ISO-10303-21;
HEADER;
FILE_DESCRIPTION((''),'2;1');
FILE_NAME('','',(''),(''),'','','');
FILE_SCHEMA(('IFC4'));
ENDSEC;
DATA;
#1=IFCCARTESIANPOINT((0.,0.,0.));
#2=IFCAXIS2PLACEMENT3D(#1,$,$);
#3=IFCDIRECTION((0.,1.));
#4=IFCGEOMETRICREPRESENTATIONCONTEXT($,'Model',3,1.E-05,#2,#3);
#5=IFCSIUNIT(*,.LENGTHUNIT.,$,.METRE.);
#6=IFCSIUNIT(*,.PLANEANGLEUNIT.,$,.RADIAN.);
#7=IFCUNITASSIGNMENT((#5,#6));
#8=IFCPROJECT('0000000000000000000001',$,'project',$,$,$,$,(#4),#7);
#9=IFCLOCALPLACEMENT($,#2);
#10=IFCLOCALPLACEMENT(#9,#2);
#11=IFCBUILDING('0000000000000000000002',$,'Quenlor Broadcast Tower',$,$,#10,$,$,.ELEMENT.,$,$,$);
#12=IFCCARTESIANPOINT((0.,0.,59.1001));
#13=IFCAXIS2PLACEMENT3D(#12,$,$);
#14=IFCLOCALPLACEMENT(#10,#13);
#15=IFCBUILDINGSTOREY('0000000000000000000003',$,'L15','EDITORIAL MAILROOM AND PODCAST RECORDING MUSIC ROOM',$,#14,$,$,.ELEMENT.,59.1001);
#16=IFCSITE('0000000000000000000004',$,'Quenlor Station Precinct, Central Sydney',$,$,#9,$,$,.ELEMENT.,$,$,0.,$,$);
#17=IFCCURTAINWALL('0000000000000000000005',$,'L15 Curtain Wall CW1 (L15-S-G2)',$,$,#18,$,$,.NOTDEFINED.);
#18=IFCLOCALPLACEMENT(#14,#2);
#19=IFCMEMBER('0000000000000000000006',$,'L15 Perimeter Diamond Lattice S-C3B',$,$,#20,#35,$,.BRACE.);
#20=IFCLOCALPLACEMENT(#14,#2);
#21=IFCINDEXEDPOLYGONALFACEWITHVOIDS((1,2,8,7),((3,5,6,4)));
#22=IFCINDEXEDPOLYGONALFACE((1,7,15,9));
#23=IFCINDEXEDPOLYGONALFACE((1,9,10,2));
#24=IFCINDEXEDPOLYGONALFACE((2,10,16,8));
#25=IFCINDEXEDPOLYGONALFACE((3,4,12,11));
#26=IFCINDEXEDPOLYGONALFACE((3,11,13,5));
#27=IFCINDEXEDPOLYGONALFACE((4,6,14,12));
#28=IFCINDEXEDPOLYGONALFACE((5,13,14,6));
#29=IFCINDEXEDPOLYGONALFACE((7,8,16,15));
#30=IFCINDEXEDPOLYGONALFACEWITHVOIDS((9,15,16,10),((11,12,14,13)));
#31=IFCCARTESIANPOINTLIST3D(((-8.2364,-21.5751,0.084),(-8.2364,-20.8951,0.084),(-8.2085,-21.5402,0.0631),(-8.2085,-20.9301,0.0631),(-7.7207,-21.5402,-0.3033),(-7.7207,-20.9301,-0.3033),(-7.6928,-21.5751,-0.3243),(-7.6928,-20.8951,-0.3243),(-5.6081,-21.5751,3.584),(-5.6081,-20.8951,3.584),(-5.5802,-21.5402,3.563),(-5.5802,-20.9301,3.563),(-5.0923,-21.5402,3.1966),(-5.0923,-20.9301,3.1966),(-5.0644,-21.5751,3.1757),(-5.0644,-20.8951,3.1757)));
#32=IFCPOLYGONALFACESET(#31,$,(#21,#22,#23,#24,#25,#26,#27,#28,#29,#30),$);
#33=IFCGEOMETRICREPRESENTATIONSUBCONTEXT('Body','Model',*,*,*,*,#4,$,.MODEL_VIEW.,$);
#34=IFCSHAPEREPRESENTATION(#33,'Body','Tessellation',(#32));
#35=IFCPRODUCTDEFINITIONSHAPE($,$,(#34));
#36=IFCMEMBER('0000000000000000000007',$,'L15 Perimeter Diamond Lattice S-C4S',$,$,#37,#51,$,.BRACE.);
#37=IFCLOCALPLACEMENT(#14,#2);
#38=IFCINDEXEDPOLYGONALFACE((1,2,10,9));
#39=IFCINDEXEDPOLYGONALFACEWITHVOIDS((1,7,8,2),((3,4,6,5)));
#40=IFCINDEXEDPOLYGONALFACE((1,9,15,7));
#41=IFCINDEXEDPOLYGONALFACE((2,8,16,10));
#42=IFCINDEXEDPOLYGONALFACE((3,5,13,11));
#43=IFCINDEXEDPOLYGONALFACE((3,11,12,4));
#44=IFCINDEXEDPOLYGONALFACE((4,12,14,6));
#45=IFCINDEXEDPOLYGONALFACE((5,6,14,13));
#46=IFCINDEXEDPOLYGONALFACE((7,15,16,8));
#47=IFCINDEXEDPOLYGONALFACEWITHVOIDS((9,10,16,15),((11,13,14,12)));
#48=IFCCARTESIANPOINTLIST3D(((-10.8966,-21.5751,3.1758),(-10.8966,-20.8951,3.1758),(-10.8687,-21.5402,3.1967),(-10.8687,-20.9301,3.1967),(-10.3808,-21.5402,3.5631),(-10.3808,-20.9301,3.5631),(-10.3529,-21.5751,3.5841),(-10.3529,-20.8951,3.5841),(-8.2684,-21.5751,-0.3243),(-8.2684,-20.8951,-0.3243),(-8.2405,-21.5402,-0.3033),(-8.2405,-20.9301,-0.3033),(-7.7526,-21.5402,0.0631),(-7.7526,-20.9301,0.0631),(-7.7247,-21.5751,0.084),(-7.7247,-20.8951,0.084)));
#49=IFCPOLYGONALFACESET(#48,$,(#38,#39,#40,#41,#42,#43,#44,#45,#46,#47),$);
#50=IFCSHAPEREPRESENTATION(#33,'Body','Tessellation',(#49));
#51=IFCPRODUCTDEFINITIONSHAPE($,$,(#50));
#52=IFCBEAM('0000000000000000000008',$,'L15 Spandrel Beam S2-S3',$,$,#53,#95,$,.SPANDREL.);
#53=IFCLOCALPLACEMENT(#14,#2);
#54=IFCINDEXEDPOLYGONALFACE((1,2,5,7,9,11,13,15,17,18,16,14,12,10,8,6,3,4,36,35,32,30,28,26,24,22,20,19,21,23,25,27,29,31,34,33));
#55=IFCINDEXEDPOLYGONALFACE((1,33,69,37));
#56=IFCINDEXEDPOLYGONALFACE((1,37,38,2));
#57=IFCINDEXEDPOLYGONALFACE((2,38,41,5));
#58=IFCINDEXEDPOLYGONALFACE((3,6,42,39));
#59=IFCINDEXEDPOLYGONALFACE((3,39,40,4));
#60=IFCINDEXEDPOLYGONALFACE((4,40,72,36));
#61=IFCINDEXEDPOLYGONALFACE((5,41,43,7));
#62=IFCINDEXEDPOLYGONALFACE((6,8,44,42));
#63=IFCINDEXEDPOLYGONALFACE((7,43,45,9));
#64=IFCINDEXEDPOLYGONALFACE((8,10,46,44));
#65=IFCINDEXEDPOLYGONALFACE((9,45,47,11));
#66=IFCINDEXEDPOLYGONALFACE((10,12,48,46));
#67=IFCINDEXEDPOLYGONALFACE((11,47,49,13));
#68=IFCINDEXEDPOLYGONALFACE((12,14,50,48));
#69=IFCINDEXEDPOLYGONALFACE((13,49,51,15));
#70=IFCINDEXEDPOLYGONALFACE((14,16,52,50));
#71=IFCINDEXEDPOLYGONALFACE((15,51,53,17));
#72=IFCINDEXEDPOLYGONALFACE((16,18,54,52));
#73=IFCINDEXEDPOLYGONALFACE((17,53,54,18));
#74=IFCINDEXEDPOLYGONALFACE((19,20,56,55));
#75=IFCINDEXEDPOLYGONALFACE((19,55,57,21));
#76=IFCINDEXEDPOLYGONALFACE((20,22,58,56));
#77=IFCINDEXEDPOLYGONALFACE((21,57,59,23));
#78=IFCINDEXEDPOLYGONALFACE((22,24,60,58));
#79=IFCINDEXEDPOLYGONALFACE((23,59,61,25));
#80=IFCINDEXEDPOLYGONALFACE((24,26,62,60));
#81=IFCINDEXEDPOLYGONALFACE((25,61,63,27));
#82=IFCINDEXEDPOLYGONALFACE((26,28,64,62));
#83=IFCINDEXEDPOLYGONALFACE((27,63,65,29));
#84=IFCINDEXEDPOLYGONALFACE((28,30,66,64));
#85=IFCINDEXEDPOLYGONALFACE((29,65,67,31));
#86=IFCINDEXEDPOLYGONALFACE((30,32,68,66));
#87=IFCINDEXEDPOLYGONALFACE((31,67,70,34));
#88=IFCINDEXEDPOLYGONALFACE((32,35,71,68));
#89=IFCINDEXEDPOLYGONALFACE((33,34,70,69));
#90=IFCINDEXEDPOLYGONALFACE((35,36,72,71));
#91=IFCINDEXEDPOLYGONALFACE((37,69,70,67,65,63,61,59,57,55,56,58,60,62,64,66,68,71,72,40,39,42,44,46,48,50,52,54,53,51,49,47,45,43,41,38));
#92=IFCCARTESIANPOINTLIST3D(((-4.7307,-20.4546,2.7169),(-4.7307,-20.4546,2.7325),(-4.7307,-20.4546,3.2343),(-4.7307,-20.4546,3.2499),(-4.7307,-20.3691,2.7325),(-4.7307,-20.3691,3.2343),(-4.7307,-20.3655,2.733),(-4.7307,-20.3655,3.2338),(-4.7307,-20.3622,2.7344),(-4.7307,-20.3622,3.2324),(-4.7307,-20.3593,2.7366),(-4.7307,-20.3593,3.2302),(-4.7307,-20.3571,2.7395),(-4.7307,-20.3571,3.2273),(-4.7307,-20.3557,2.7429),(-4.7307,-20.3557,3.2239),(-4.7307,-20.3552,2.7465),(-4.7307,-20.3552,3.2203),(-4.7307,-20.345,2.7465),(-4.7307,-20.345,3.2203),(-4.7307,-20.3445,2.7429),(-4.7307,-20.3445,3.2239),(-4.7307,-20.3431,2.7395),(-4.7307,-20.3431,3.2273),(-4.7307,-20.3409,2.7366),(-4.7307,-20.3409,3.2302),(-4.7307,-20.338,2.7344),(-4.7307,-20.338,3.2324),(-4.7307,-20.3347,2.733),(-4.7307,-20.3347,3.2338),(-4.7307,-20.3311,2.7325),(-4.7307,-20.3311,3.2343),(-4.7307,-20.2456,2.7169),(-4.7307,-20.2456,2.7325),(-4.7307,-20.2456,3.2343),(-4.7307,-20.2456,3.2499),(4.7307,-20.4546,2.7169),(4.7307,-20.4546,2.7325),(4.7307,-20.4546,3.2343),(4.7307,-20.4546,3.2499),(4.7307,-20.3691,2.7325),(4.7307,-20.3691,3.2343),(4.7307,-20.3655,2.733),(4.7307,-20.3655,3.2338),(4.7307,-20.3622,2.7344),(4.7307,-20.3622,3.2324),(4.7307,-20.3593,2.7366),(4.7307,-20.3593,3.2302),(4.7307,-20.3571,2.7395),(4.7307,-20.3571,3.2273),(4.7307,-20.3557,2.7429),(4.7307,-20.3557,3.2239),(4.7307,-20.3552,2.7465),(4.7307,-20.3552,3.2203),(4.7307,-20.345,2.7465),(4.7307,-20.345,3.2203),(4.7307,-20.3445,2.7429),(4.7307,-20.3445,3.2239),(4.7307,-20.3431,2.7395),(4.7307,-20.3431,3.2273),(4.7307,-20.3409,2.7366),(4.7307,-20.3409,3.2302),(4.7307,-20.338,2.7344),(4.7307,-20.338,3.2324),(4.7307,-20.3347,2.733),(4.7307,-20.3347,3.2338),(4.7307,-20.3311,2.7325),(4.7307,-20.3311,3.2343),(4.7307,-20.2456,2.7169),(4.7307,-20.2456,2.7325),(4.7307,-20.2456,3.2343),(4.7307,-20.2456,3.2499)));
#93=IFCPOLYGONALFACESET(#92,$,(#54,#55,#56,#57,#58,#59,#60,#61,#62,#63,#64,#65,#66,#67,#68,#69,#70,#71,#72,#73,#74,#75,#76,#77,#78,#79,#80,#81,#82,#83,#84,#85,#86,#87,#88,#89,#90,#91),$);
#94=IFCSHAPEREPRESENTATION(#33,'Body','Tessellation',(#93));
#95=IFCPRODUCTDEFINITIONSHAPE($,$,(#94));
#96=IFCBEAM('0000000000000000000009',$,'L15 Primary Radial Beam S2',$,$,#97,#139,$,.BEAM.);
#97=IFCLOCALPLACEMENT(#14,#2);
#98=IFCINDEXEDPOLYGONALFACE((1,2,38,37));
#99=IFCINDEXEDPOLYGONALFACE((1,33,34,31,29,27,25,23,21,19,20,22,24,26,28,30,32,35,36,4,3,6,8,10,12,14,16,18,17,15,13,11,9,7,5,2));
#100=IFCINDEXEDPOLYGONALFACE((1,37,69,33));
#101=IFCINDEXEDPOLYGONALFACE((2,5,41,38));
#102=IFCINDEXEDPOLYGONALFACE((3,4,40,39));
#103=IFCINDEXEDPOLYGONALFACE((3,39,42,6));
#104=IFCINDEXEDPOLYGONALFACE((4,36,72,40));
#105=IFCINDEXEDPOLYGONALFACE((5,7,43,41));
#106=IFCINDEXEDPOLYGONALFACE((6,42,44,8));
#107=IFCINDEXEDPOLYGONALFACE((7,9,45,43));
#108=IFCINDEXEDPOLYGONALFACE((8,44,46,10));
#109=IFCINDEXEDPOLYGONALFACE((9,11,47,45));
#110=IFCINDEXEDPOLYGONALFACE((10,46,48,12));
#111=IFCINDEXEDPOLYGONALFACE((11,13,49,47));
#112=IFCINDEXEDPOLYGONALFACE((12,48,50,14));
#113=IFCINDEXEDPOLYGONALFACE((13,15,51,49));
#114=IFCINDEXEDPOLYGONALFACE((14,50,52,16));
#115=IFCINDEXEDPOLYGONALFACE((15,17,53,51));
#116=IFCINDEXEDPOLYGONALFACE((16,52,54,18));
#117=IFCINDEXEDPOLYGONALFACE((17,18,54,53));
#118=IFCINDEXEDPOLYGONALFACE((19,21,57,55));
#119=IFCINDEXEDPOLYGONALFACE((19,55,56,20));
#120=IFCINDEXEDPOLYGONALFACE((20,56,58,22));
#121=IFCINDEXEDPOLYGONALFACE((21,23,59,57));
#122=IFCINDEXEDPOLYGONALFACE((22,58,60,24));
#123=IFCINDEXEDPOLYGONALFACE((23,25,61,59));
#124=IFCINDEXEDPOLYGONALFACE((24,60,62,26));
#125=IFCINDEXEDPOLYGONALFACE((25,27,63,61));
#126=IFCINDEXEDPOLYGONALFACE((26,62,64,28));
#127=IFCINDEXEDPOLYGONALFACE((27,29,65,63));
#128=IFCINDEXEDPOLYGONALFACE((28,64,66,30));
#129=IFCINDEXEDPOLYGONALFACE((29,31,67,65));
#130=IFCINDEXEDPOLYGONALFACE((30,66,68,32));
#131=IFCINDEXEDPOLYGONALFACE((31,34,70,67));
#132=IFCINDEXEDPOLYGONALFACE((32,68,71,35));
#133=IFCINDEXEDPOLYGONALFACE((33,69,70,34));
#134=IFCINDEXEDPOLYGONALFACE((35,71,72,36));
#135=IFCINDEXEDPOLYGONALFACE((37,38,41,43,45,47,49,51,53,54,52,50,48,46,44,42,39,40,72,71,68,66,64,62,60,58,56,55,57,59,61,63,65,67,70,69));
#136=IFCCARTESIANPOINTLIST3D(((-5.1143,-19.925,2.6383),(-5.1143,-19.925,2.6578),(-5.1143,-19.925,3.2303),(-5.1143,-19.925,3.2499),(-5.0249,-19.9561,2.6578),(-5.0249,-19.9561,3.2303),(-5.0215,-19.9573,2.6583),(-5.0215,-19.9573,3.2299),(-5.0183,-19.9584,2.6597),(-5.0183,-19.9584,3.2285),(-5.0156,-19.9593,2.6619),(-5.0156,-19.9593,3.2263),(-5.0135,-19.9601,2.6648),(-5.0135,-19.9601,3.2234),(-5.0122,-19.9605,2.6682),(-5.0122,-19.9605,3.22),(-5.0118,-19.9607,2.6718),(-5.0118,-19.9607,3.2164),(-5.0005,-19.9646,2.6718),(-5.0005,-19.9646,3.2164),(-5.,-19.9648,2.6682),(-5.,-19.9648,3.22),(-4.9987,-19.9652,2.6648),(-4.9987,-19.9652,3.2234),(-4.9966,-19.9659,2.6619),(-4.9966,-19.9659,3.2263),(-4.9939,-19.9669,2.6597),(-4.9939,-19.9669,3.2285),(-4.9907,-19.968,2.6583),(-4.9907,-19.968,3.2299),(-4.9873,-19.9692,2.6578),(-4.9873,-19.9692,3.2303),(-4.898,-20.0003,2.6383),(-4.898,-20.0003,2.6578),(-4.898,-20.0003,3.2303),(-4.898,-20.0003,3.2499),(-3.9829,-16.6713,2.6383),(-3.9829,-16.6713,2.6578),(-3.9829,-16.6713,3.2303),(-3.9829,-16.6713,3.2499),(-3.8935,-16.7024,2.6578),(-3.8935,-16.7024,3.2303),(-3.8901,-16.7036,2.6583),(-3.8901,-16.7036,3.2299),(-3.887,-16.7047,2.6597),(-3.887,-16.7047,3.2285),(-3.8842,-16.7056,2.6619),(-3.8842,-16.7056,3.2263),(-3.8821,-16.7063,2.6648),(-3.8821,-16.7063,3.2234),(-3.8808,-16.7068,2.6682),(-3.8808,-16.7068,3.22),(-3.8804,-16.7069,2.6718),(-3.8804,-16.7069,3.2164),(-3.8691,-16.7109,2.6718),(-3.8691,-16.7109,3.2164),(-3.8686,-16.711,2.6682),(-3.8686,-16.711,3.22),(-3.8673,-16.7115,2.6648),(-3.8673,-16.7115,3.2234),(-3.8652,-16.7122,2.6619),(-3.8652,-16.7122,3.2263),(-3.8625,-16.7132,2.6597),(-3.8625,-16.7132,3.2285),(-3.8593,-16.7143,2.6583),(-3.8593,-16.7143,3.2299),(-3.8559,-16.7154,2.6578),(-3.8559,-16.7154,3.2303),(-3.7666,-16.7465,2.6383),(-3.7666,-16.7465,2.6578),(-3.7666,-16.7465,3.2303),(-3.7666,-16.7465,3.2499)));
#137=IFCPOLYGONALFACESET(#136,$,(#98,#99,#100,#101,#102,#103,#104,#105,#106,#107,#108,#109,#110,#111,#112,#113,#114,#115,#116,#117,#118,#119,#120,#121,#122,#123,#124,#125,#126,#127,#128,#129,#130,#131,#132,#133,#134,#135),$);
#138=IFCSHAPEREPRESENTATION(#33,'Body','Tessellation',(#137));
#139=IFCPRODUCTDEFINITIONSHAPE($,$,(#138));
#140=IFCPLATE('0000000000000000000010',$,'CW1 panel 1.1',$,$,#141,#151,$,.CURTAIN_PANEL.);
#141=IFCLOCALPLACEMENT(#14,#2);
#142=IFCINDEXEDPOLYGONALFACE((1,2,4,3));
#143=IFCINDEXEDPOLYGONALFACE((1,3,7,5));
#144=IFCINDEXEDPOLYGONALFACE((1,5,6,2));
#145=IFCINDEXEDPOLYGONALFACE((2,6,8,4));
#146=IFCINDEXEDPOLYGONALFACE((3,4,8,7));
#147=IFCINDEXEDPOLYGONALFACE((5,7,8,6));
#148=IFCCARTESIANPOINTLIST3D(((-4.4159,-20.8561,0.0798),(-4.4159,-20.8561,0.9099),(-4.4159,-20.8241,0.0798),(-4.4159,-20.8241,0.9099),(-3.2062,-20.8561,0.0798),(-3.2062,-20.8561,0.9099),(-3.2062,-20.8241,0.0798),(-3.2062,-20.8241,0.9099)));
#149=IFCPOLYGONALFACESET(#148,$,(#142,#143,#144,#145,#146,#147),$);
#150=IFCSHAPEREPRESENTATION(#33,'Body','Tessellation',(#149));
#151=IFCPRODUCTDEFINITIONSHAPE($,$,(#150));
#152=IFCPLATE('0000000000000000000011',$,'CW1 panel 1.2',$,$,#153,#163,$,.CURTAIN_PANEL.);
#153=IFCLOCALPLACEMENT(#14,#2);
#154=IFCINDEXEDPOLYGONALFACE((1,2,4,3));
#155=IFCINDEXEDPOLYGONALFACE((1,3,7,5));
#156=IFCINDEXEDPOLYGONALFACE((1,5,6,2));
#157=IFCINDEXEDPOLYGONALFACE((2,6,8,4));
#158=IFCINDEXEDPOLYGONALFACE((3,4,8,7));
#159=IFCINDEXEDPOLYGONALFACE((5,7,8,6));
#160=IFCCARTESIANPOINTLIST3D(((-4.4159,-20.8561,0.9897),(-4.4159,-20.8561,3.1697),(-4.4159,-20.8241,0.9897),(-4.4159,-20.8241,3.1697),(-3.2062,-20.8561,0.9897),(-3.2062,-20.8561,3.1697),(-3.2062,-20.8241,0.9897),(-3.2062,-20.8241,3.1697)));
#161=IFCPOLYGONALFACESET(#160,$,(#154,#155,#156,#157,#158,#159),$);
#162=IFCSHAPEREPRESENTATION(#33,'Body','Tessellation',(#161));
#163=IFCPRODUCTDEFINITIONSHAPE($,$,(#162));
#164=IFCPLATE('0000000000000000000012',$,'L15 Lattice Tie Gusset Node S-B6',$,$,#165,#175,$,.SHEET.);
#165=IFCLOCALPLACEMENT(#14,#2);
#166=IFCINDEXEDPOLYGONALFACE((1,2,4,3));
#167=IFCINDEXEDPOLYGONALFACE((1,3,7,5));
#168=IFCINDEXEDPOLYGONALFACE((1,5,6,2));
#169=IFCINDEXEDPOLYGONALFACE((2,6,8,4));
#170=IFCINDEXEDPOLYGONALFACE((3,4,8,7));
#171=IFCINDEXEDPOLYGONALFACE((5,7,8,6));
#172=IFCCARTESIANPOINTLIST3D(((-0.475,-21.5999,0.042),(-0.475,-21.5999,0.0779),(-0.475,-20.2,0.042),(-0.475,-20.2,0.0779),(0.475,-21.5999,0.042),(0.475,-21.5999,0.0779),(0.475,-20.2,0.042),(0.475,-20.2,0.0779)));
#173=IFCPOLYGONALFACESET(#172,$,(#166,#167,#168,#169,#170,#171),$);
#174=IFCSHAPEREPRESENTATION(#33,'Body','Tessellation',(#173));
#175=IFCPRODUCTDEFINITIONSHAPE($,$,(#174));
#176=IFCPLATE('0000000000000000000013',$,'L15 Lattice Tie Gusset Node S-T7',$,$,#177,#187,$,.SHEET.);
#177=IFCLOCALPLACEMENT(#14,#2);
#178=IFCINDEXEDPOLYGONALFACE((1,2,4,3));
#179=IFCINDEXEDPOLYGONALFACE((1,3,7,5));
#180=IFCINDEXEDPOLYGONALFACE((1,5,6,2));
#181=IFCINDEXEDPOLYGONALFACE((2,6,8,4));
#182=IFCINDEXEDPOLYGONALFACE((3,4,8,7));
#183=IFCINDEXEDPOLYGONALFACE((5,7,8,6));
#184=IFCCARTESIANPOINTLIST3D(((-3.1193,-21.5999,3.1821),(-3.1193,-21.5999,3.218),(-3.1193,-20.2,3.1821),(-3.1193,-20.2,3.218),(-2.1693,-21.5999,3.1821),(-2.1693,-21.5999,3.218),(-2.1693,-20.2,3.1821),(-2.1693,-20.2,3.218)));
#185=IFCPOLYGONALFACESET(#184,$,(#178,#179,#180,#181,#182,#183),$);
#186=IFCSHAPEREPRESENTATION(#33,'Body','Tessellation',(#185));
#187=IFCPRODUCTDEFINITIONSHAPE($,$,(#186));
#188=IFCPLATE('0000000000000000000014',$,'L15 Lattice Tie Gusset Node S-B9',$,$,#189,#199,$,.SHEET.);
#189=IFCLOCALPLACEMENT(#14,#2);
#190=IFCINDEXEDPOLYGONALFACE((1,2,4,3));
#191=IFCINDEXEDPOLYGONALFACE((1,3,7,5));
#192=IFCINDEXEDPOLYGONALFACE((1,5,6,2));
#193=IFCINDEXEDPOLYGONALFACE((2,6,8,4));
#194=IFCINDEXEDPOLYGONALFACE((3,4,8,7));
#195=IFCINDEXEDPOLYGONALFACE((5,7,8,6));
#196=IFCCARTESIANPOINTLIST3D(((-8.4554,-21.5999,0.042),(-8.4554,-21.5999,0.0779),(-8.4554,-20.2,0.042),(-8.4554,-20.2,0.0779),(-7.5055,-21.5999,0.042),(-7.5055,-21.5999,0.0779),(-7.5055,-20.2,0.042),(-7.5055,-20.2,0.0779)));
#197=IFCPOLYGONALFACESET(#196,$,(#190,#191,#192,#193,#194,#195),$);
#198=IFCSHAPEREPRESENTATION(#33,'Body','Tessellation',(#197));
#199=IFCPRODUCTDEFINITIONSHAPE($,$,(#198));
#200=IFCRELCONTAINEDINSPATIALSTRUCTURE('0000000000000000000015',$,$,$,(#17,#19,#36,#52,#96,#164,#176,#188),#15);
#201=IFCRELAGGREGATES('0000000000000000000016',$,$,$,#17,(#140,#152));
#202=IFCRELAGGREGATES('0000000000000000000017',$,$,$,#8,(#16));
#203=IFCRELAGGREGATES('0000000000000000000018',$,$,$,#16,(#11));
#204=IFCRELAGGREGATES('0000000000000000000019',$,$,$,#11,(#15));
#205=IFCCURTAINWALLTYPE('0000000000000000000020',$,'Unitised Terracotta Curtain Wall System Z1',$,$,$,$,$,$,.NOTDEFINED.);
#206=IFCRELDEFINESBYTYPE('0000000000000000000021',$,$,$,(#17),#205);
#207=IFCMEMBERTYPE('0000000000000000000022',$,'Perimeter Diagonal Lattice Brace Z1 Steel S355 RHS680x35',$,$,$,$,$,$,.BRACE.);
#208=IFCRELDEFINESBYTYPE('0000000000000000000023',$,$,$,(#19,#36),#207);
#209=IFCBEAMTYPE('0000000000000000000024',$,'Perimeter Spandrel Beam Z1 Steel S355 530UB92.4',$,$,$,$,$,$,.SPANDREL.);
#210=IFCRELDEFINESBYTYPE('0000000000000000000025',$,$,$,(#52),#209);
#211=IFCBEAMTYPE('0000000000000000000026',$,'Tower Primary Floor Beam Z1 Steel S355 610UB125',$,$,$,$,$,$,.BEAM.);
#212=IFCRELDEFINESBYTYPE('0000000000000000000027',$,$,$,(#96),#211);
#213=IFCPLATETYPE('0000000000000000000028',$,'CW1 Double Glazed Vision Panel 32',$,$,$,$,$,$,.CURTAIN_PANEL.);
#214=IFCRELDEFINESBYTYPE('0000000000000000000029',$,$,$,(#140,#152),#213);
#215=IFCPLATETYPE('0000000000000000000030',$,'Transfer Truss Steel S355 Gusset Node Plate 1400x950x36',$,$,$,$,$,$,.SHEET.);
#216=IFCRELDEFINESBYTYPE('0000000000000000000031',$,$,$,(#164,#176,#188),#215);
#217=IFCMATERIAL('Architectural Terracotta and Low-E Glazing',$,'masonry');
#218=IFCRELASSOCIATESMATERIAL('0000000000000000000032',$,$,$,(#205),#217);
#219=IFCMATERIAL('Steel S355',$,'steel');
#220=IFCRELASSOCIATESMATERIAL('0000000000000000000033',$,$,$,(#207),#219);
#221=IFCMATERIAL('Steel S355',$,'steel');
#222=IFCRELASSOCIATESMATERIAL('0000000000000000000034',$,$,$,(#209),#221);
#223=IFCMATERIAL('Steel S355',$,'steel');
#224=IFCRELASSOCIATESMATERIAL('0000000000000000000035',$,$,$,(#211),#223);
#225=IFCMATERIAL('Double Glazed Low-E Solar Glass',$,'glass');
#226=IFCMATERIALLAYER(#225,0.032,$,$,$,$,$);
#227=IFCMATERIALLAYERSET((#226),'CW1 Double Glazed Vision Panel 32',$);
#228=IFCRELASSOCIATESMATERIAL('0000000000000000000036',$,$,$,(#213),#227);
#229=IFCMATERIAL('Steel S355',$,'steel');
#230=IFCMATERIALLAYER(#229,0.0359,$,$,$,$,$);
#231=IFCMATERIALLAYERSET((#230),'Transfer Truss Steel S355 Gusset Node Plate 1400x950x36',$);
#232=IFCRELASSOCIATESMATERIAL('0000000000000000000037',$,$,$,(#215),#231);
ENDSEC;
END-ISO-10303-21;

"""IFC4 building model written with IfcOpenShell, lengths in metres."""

from ifc_helpers import new_model, si_unit, direction, frame, origin, origin_2d, place, context, subcontext, project, spatial, rectangle, hollow_rectangle, i_section, extrude, material, layer, layer_set, material_profile, profile_set, type_object, element, aggregate, save


model = new_model("IFC4")

# Units and contexts
model_context = context("Model", 3, precision=1e-05, world=origin(), true_north=direction((0.0, 1.0)))
body_context = subcontext(model_context, "Body", "Model", "MODEL_VIEW")
ifc_project = project(units=[si_unit("LENGTHUNIT", "METRE"), si_unit("PLANEANGLEUNIT", "RADIAN")], contexts=[model_context])

# Site, building, storey
site_placement = place(None, origin())
site = spatial("IfcSite", under=ifc_project, at=site_placement, Name="Quenlor Station Precinct, Central Sydney", CompositionType="ELEMENT", RefElevation=0.0)
building_placement = place(site_placement, origin())
building = spatial("IfcBuilding", under=site, at=building_placement, Name="Quenlor Broadcast Tower", CompositionType="ELEMENT")
storey_placement = place(building_placement, frame((0.0, 0.0, 59.1001)))
storey = spatial("IfcBuildingStorey", under=building, at=storey_placement, Name="L15", Description="EDITORIAL MAILROOM AND PODCAST RECORDING MUSIC ROOM", CompositionType="ELEMENT", Elevation=59.1001)

# Shared definitions
ifc_material_1 = material(Name="Architectural Terracotta and Low-E Glazing", Category="masonry")
curtain_wall_type = type_object("IfcCurtainWallType", Name="Unitised Terracotta Curtain Wall System Z1", PredefinedType="NOTDEFINED", material=ifc_material_1)

# Curtain wall
curtain_wall_1_placement = place(storey_placement, origin())
curtain_wall_1 = element("IfcCurtainWall", 1, at=curtain_wall_1_placement, inside=storey, type_object=curtain_wall_type, Name="L15 Curtain Wall CW1 (L15-S-G2)", PredefinedType="NOTDEFINED")

# Members
ifc_material_2 = material(Name="Steel S355", Category="steel")
ifc_material_profile_1 = material_profile(ifc_material_2, hollow_rectangle(XDim=0.6799, YDim=0.6799, WallThickness=0.0349, at=origin_2d()))
ifc_profile_set_1 = profile_set([ifc_material_profile_1], Name="Steel S355 RHS680x680x35")
member_type_1 = type_object("IfcMemberType", Name="Perimeter Diagonal Lattice Brace Z1 Steel S355 RHS680x35", PredefinedType="BRACE", material=ifc_profile_set_1)
for number, where, z_axis, x_axis, name in (
    (2, (-7.9646, -21.2351, -0.1201), (0.6005, 0.0, 0.799625), (0.0, 1.0, 0.0), "L15 Perimeter Diamond Lattice S-C3B"),
    (3, (-7.9966, -21.2351, -0.1201), (-0.600464, 0.0, 0.799652), (0.0, -1.0, 0.0), "L15 Perimeter Diamond Lattice S-C4S"),
):
    element("IfcMember", number, at=place(storey_placement, frame(where, z_axis=z_axis, x_axis=x_axis)), inside=storey, type_object=member_type_1, Name=name, PredefinedType="BRACE", context=body_context, shape_type="SweptSolid", body=[
        extrude(hollow_rectangle(XDim=0.6799, YDim=0.6799, WallThickness=0.0349, at=origin_2d()), origin(), (0.0, 0.0, 1.0), 4.377),
    ])

# Beams
ifc_material_3 = material(Name="Steel S355", Category="steel")
ifc_material_profile_2 = material_profile(ifc_material_3, i_section(OverallWidth=0.209, OverallDepth=0.533, WebThickness=0.0103, FlangeThickness=0.0156, FilletRadius=0.0139, at=origin_2d()))
ifc_profile_set_2 = profile_set([ifc_material_profile_2], Name="Steel S355 530UB92.4")
beam_type_1 = type_object("IfcBeamType", Name="Perimeter Spandrel Beam Z1 Steel S355 530UB92.4", PredefinedType="SPANDREL", material=ifc_profile_set_2)
beam_1_placement = place(storey_placement, frame((-4.7307, -20.3501, 2.9834), z_axis=(1.0, 0.0, 0.0), x_axis=(0.0, 1.0, 0.0)))
element("IfcBeam", 4, at=beam_1_placement, inside=storey, type_object=beam_type_1, Name="L15 Spandrel Beam S2-S3", PredefinedType="SPANDREL", context=body_context, shape_type="SweptSolid", body=[
    extrude(i_section(OverallWidth=0.209, OverallDepth=0.533, WebThickness=0.0103, FlangeThickness=0.0156, FilletRadius=0.0139, at=origin_2d()), origin(), (0.0, 0.0, 1.0), 9.4614),
])
ifc_material_4 = material(Name="Steel S355", Category="steel")
ifc_material_profile_3 = material_profile(ifc_material_4, i_section(OverallWidth=0.229, OverallDepth=0.6116, WebThickness=0.012, FlangeThickness=0.0195, FilletRadius=0.0139, at=origin_2d()))
ifc_profile_set_3 = profile_set([ifc_material_profile_3], Name="Steel S355 610UB125")
beam_type_2 = type_object("IfcBeamType", Name="Tower Primary Floor Beam Z1 Steel S355 610UB125", PredefinedType="BEAM", material=ifc_profile_set_3)
beam_2_placement = place(storey_placement, frame((-5.0061, -19.9626, 2.9441), z_axis=(0.328427, 0.944529, 0.0), x_axis=(-0.944529, 0.328427, 0.0)))
element("IfcBeam", 5, at=beam_2_placement, inside=storey, type_object=beam_type_2, Name="L15 Primary Radial Beam S2", PredefinedType="BEAM", context=body_context, shape_type="SweptSolid", body=[
    extrude(i_section(OverallWidth=0.229, OverallDepth=0.6116, WebThickness=0.012, FlangeThickness=0.0195, FilletRadius=0.0139, at=origin_2d()), origin(), (0.0, 0.0, 1.0), 3.4448),
])

# Plates
ifc_material_5 = material(Name="Double Glazed Low-E Solar Glass", Category="glass")
ifc_layer_1 = layer(ifc_material_5, 0.032)
ifc_layer_set_1 = layer_set([ifc_layer_1], Name="CW1 Double Glazed Vision Panel 32")
plate_type_1 = type_object("IfcPlateType", Name="CW1 Double Glazed Vision Panel 32", PredefinedType="CURTAIN_PANEL", material=ifc_layer_set_1)
plate_1_placement = place(storey_placement, frame((-3.811, -20.8401, 0.0798), z_axis=(0.0, 0.0, 1.0), x_axis=(-1.0, 0.0, 0.0)))
plate_1 = element("IfcPlate", 6, at=plate_1_placement, type_object=plate_type_1, Name="CW1 panel 1.1", PredefinedType="CURTAIN_PANEL", context=body_context, shape_type="SweptSolid", body=[
    extrude(rectangle(XDim=1.2097, YDim=0.032, at=origin_2d()), origin(), (0.0, 0.0, 1.0), 0.8301),
])
plate_2_placement = place(storey_placement, frame((-3.811, -20.8401, 0.9897), z_axis=(0.0, 0.0, 1.0), x_axis=(-1.0, 0.0, 0.0)))
plate_2 = element("IfcPlate", 7, at=plate_2_placement, type_object=plate_type_1, Name="CW1 panel 1.2", PredefinedType="CURTAIN_PANEL", context=body_context, shape_type="SweptSolid", body=[
    extrude(rectangle(XDim=1.2097, YDim=0.032, at=origin_2d()), origin(), (0.0, 0.0, 1.0), 2.1799),
])
aggregate(curtain_wall_1, [plate_1, plate_2])

# Plates
ifc_material_6 = material(Name="Steel S355", Category="steel")
ifc_layer_2 = layer(ifc_material_6, 0.0359)
ifc_layer_set_2 = layer_set([ifc_layer_2], Name="Transfer Truss Steel S355 Gusset Node Plate 1400x950x36")
plate_type_2 = type_object("IfcPlateType", Name="Transfer Truss Steel S355 Gusset Node Plate 1400x950x36", PredefinedType="SHEET", material=ifc_layer_set_2)
for number, where, z_axis, x_axis, name in (
    (8, (0.0, -20.8999, 0.042), (0.0, 0.0, 1.0), (0.0, -1.0, 0.0), "L15 Lattice Tie Gusset Node S-B6"),
    (9, (-2.6443, -20.8999, 3.1821), (0.0, 0.0, 1.0), (0.0, -1.0, 0.0), "L15 Lattice Tie Gusset Node S-T7"),
    (10, (-7.9805, -20.8999, 0.042), (0.0, 0.0, 1.0), (0.0, -1.0, 0.0), "L15 Lattice Tie Gusset Node S-B9"),
):
    element("IfcPlate", number, at=place(storey_placement, frame(where, z_axis=z_axis, x_axis=x_axis)), inside=storey, type_object=plate_type_2, Name=name, PredefinedType="SHEET", context=body_context, shape_type="SweptSolid", body=[
        extrude(rectangle(XDim=1.3999, YDim=0.95, at=origin_2d()), origin(), (0.0, 0.0, 1.0), 0.0359),
    ])

save(model, "model.ifc")
